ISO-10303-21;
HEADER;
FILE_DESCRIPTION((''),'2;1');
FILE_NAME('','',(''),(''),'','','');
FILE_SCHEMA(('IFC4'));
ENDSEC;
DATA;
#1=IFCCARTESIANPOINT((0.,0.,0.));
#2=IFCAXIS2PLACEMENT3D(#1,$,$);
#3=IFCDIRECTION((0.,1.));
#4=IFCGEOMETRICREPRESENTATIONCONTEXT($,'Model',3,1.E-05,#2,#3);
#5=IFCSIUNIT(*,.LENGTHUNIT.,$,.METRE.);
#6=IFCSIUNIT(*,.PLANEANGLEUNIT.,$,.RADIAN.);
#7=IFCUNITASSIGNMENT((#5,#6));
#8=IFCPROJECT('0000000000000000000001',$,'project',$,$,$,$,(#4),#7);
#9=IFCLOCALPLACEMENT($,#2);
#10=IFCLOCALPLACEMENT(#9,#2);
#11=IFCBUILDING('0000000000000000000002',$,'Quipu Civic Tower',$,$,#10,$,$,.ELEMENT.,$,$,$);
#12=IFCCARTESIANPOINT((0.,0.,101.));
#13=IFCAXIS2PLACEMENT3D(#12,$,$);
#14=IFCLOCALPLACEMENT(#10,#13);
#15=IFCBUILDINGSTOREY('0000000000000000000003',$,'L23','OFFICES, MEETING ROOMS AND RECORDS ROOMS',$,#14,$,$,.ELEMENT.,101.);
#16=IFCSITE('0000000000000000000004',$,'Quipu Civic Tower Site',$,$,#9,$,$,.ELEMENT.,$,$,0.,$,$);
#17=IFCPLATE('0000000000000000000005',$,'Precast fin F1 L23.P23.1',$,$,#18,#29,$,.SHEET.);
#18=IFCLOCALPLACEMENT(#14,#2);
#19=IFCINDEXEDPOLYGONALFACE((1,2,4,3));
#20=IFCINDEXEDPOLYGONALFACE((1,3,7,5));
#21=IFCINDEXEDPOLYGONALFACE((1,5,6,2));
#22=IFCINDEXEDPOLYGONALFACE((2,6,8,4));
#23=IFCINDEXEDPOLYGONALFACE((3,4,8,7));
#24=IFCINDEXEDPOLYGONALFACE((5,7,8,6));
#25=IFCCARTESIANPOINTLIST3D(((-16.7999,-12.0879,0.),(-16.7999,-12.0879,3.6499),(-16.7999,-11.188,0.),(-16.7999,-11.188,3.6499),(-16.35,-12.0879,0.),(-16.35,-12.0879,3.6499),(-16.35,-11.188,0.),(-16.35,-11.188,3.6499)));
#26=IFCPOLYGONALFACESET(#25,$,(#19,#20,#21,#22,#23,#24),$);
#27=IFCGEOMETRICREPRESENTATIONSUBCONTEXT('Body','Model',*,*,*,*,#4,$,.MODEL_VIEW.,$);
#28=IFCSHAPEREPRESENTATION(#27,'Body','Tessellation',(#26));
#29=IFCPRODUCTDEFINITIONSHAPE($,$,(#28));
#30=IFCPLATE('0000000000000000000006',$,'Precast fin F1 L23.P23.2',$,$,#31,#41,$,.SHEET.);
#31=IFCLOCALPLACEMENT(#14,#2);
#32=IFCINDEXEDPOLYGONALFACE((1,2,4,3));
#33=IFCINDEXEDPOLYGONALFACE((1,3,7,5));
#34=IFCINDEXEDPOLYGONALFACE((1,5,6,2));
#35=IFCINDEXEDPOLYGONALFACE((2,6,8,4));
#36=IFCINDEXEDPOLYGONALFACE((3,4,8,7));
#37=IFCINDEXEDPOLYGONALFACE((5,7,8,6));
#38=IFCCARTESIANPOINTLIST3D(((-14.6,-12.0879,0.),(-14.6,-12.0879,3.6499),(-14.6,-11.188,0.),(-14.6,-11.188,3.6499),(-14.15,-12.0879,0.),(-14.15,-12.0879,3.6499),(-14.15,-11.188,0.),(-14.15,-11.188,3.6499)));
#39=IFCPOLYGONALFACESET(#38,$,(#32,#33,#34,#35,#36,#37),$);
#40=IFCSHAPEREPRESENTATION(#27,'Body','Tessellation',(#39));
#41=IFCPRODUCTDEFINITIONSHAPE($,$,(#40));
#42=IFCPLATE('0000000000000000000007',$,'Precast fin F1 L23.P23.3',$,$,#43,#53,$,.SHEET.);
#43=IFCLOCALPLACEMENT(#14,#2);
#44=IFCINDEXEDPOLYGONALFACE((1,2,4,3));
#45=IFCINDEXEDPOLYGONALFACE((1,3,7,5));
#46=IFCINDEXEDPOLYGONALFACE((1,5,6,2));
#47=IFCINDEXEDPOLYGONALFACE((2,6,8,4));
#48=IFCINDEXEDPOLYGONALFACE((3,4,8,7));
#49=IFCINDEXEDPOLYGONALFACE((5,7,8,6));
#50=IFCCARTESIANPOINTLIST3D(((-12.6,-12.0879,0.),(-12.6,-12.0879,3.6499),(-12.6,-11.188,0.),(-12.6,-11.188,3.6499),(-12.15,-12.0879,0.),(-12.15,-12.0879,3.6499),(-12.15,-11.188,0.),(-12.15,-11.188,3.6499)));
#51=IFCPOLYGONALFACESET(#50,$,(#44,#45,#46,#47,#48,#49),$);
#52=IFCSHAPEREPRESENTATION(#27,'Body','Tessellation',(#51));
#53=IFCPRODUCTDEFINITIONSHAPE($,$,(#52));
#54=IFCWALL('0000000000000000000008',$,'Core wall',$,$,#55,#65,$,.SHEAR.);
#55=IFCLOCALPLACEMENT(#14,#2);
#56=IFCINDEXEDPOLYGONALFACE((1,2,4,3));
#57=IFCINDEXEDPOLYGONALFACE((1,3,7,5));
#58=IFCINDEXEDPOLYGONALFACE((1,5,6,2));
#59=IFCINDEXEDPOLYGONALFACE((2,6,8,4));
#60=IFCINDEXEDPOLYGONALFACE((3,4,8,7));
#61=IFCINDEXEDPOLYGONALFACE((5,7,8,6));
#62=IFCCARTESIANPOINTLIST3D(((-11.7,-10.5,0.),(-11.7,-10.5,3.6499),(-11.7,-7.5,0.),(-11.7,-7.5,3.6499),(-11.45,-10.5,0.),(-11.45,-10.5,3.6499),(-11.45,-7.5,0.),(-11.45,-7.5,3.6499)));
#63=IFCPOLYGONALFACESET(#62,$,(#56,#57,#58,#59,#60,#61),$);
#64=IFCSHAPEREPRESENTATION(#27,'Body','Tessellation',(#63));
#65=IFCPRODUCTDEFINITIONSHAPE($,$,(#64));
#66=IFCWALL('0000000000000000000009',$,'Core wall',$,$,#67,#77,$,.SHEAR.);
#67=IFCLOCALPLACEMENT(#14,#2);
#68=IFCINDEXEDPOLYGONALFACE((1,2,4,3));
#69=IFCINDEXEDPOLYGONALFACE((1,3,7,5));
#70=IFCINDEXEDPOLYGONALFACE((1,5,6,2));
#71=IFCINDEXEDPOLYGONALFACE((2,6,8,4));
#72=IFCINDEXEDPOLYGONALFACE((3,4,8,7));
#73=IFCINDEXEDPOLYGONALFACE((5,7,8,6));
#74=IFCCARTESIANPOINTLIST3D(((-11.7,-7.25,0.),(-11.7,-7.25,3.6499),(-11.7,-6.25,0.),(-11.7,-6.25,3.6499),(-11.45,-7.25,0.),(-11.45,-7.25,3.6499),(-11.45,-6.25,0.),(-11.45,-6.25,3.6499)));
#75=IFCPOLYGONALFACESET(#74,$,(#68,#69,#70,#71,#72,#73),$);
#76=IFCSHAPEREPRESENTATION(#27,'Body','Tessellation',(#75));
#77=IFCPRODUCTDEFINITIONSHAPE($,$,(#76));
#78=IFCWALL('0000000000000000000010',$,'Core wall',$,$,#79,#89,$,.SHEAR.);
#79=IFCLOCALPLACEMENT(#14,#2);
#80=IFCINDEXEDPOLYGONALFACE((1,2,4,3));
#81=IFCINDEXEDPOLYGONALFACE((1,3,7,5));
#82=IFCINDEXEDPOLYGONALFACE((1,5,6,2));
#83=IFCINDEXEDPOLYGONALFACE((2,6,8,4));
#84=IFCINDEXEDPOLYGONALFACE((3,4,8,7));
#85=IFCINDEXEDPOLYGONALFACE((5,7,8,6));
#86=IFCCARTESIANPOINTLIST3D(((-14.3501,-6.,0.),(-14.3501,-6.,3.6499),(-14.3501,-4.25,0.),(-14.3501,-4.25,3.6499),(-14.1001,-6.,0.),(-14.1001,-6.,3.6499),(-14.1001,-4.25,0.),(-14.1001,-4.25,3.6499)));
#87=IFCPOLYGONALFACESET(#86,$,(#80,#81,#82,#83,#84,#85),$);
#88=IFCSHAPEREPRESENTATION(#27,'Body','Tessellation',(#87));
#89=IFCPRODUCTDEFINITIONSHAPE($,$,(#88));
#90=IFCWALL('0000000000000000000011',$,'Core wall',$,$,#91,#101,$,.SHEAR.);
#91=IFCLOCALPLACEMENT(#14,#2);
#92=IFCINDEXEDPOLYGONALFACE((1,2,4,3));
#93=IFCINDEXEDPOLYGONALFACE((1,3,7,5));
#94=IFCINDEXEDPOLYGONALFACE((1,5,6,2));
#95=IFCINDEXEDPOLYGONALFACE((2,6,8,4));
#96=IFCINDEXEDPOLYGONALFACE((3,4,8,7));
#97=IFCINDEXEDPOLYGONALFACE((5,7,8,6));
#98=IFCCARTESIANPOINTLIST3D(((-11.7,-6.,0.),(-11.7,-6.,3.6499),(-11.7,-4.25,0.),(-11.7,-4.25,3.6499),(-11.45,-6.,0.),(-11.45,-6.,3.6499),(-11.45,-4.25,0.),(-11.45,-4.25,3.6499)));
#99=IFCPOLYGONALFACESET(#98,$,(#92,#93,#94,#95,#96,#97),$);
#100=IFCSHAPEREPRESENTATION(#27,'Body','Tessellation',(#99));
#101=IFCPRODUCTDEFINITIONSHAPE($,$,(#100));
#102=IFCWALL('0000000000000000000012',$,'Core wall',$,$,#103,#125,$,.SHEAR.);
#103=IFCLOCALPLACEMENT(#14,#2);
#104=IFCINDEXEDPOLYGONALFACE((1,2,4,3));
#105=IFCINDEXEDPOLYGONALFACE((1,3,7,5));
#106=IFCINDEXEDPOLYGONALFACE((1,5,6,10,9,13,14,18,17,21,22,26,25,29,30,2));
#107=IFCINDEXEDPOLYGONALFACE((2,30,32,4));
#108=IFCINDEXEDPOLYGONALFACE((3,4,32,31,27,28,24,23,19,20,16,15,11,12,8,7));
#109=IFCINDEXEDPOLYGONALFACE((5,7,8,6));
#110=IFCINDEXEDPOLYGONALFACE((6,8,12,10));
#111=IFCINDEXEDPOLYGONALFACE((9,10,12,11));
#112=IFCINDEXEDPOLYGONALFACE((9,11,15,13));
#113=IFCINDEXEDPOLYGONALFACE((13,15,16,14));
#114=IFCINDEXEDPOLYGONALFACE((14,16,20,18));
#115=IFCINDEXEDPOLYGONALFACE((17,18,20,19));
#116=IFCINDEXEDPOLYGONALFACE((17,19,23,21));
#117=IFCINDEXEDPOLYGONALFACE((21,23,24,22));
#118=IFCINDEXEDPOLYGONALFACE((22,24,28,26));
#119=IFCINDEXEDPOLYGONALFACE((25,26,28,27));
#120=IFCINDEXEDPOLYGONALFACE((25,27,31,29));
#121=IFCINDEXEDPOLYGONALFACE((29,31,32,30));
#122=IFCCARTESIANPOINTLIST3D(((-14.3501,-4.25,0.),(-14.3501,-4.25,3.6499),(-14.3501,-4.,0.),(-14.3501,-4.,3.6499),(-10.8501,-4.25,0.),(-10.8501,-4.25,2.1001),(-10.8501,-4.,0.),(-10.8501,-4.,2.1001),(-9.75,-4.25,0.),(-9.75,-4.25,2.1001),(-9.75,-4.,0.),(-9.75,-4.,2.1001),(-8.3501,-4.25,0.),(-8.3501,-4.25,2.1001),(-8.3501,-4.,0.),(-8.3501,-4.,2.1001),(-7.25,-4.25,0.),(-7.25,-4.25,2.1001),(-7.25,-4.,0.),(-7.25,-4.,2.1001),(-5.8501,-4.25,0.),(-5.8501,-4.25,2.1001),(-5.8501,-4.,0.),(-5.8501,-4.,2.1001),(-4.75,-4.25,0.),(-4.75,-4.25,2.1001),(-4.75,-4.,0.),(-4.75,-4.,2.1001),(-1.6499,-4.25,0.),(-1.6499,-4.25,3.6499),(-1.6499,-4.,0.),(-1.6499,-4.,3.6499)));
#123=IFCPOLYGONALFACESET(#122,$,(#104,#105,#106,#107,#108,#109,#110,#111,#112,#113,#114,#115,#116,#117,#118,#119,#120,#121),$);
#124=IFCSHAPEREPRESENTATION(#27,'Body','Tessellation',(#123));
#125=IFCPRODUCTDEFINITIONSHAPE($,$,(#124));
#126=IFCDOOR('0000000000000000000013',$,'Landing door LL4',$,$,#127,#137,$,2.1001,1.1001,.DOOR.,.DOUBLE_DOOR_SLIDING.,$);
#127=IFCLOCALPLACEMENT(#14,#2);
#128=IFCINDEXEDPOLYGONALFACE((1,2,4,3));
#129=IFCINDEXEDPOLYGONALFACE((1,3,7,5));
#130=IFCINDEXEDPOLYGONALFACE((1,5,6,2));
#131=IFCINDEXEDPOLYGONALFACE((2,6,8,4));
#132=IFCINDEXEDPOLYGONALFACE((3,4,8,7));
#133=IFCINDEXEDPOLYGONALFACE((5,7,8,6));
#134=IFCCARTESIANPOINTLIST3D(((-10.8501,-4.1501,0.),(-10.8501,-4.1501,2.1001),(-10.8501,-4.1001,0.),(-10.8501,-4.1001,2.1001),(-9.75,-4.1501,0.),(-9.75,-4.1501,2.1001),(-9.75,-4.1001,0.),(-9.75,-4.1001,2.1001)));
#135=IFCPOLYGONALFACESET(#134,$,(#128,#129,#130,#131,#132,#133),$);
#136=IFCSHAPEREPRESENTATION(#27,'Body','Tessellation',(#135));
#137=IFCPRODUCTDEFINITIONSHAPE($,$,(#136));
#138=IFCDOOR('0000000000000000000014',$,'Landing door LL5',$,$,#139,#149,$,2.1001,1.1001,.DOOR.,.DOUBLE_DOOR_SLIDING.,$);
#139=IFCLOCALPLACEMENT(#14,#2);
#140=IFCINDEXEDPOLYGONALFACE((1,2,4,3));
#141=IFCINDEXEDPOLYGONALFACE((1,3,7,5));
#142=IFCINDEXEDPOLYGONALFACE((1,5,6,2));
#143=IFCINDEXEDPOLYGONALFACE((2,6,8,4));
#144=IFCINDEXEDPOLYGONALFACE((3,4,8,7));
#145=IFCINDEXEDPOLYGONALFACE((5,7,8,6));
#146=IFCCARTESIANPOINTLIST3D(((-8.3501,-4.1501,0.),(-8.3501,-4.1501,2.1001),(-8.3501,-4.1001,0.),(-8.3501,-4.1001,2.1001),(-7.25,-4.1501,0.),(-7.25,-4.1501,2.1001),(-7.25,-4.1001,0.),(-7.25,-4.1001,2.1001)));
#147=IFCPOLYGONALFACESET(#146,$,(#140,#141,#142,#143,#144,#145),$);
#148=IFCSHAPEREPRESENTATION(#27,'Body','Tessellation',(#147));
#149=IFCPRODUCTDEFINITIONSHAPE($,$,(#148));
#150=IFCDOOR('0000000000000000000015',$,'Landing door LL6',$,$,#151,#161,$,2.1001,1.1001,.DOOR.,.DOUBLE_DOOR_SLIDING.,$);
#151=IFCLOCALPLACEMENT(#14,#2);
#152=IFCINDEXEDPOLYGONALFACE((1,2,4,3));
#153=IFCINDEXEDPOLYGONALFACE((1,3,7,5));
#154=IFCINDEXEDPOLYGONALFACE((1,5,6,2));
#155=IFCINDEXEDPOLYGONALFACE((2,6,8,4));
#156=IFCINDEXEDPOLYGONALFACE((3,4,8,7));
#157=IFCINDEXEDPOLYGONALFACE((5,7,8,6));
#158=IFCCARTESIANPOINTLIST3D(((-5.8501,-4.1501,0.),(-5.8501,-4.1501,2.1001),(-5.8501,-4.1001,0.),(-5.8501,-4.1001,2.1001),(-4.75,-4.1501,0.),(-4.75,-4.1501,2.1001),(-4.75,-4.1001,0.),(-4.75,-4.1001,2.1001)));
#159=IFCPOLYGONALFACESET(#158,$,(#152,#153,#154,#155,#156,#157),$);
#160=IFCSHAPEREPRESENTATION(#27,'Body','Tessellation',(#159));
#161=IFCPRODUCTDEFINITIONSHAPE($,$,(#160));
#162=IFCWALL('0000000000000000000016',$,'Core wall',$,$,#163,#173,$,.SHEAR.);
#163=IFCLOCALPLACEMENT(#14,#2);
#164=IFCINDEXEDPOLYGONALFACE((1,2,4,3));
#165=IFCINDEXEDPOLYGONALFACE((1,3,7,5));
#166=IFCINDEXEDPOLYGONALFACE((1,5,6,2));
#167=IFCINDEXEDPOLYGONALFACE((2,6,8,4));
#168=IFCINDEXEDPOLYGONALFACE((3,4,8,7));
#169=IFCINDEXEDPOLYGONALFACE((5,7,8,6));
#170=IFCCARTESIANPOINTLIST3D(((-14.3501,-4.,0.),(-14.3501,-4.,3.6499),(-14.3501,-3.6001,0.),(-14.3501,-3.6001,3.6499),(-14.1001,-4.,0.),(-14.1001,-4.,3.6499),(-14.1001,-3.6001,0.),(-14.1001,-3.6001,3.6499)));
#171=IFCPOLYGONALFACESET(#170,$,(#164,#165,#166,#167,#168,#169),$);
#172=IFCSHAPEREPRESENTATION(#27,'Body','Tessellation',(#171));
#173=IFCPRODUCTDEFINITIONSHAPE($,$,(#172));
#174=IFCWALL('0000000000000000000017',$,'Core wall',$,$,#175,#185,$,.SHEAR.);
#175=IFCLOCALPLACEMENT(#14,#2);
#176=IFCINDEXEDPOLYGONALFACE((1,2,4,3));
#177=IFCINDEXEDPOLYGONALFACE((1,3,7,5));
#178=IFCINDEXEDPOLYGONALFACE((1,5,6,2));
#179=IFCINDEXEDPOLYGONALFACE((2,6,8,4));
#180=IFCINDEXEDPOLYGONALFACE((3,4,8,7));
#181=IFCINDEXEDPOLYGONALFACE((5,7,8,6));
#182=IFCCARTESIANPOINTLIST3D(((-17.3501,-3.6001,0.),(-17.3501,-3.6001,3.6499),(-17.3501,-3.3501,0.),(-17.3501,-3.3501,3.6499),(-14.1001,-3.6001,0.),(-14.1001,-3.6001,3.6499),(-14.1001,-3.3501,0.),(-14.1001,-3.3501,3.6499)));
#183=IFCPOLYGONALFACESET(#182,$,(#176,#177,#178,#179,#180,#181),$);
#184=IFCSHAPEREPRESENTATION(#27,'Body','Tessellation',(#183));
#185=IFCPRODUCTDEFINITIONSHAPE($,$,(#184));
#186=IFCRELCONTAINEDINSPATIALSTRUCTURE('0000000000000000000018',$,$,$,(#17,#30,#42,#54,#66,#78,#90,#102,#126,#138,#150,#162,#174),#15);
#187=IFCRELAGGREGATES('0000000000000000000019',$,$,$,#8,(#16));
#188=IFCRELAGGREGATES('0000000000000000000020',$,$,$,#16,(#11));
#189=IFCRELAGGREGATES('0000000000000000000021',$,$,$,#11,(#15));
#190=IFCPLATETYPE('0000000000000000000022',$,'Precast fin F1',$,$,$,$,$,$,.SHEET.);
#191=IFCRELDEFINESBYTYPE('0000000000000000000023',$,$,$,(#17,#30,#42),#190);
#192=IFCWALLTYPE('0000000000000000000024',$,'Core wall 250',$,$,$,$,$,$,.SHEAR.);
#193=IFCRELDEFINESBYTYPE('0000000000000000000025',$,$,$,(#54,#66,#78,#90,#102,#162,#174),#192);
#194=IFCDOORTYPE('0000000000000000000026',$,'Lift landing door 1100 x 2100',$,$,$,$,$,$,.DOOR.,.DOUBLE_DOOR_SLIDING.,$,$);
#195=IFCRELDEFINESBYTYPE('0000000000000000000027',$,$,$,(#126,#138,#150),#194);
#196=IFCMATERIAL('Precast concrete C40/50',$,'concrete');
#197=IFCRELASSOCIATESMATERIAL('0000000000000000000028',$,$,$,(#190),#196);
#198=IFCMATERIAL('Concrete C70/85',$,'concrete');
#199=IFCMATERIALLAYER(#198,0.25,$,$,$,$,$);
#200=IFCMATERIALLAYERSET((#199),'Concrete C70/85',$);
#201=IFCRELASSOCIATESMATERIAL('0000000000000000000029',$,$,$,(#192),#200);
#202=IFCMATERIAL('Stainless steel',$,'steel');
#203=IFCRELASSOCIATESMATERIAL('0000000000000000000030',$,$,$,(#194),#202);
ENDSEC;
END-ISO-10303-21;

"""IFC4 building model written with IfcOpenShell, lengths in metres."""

from ifc_helpers import new_model, si_unit, direction, frame, frame_2d, origin, origin_2d, place, context, subcontext, project, spatial, rectangle, extrude, material, layer, layer_set, type_object, element, fill, save


model = new_model("IFC4")

# Units and contexts
model_context = context("Model", 3, precision=1e-05, world=origin(), true_north=direction((0.0, 1.0)))
body_context = subcontext(model_context, "Body", "Model", "MODEL_VIEW")
ifc_project = project(units=[si_unit("LENGTHUNIT", "METRE"), si_unit("PLANEANGLEUNIT", "RADIAN")], contexts=[model_context])

# Site, building, storey
site_placement = place(None, origin())
site = spatial("IfcSite", under=ifc_project, at=site_placement, Name="Quipu Civic Tower Site", CompositionType="ELEMENT", RefElevation=0.0)
building_placement = place(site_placement, origin())
building = spatial("IfcBuilding", under=site, at=building_placement, Name="Quipu Civic Tower", CompositionType="ELEMENT")
storey_placement = place(building_placement, frame((0.0, 0.0, 101.0)))
storey = spatial("IfcBuildingStorey", under=building, at=storey_placement, Name="L23", Description="OFFICES, MEETING ROOMS AND RECORDS ROOMS", CompositionType="ELEMENT", Elevation=101.0)

# Plates
ifc_material_1 = material(Name="Precast concrete C40/50", Category="concrete")
plate_type = type_object("IfcPlateType", Name="Precast fin F1", PredefinedType="SHEET", material=ifc_material_1)
for number, where, z_axis, x_axis, name in (
    (1, (-16.575, -11.6379, 0.0), (0.0, 0.0, 1.0), (1.0, 0.0, 0.0), "Precast fin F1 L23.P23.1"),
    (2, (-14.375, -11.6379, 0.0), (0.0, 0.0, 1.0), (1.0, 0.0, 0.0), "Precast fin F1 L23.P23.2"),
    (3, (-12.375, -11.6379, 0.0), (0.0, 0.0, 1.0), (1.0, 0.0, 0.0), "Precast fin F1 L23.P23.3"),
):
    element("IfcPlate", number, at=place(storey_placement, frame(where, z_axis=z_axis, x_axis=x_axis)), inside=storey, type_object=plate_type, Name=name, PredefinedType="SHEET", context=body_context, shape_type="SweptSolid", body=[
        extrude(rectangle(XDim=0.45, YDim=0.8999, at=origin_2d()), origin(), (0.0, 0.0, 1.0), 3.6499),
    ])

# Walls
ifc_material_2 = material(Name="Concrete C70/85", Category="concrete")
ifc_layer_1 = layer(ifc_material_2, 0.25)
ifc_layer_set_1 = layer_set([ifc_layer_1], Name="Concrete C70/85")
wall_type_1 = type_object("IfcWallType", Name="Core wall 250", PredefinedType="SHEAR", material=ifc_layer_set_1)
wall_1_placement = place(storey_placement, frame((-11.575, -10.5, 0.0), z_axis=(0.0, 0.0, 1.0), x_axis=(0.0, 1.0, 0.0)))
element("IfcWall", 4, at=wall_1_placement, inside=storey, type_object=wall_type_1, Name="Core wall", PredefinedType="SHEAR", context=body_context, shape_type="SweptSolid", body=[
    extrude(rectangle(XDim=3.0, YDim=0.25, at=frame_2d((1.5, 0.0))), origin(), (0.0, 0.0, 1.0), 3.6499),
])
wall_2_placement = place(storey_placement, frame((-11.575, -7.25, 0.0), z_axis=(0.0, 0.0, 1.0), x_axis=(0.0, 1.0, 0.0)))
element("IfcWall", 5, at=wall_2_placement, inside=storey, type_object=wall_type_1, Name="Core wall", PredefinedType="SHEAR", context=body_context, shape_type="SweptSolid", body=[
    extrude(rectangle(XDim=1.0, YDim=0.25, at=frame_2d((0.5, 0.0))), origin(), (0.0, 0.0, 1.0), 3.6499),
])
for number, where, z_axis, x_axis, name in (
    (6, (-14.2251, -6.0, 0.0), (0.0, 0.0, 1.0), (0.0, 1.0, 0.0), "Core wall"),
    (7, (-11.575, -6.0, 0.0), (0.0, 0.0, 1.0), (0.0, 1.0, 0.0), "Core wall"),
):
    element("IfcWall", number, at=place(storey_placement, frame(where, z_axis=z_axis, x_axis=x_axis)), inside=storey, type_object=wall_type_1, Name=name, PredefinedType="SHEAR", context=body_context, shape_type="SweptSolid", body=[
        extrude(rectangle(XDim=1.75, YDim=0.25, at=frame_2d((0.875, 0.0))), origin(), (0.0, 0.0, 1.0), 3.6499),
    ])

# Wall, openings, doors
wall_3_placement = place(storey_placement, frame((-14.3501, -4.125, 0.0), z_axis=(0.0, 0.0, 1.0), x_axis=(1.0, 0.0, 0.0)))
wall_3 = element("IfcWall", 8, at=wall_3_placement, inside=storey, type_object=wall_type_1, Name="Core wall", PredefinedType="SHEAR", context=body_context, shape_type="SweptSolid", body=[
    extrude(rectangle(XDim=12.7002, YDim=0.25, at=frame_2d((6.3501, 0.0))), origin(), (0.0, 0.0, 1.0), 3.6499),
])
opening_1_placement = place(wall_3_placement, frame((3.5, 0.0, 0.0)))
opening_1 = element("IfcOpeningElement", 9, at=opening_1_placement, cuts=wall_3, PredefinedType="OPENING", context=body_context, shape_type="SweptSolid", body=[
    extrude(rectangle(XDim=1.1001, YDim=2.1001, at=frame_2d((0.55, 1.05))), frame((0.0, 0.135, 0.0), z_axis=(0.0, -1.0, 0.0), x_axis=(1.0, 0.0, 0.0)), (0.0, 0.0, 1.0), 0.27),
])
opening_2_placement = place(wall_3_placement, frame((6.0, 0.0, 0.0)))
opening_2 = element("IfcOpeningElement", 10, at=opening_2_placement, cuts=wall_3, PredefinedType="OPENING", context=body_context, shape_type="SweptSolid", body=[
    extrude(rectangle(XDim=1.1001, YDim=2.1001, at=frame_2d((0.55, 1.05))), frame((0.0, 0.135, 0.0), z_axis=(0.0, -1.0, 0.0), x_axis=(1.0, 0.0, 0.0)), (0.0, 0.0, 1.0), 0.27),
])
opening_3_placement = place(wall_3_placement, frame((8.5, 0.0, 0.0)))
opening_3 = element("IfcOpeningElement", 11, at=opening_3_placement, cuts=wall_3, PredefinedType="OPENING", context=body_context, shape_type="SweptSolid", body=[
    extrude(rectangle(XDim=1.1001, YDim=2.1001, at=frame_2d((0.55, 1.05))), frame((0.0, 0.135, 0.0), z_axis=(0.0, -1.0, 0.0), x_axis=(1.0, 0.0, 0.0)), (0.0, 0.0, 1.0), 0.27),
])
ifc_material_3 = material(Name="Stainless steel", Category="steel")
door_type_1 = type_object("IfcDoorType", Name="Lift landing door 1100 x 2100", OperationType="DOUBLE_DOOR_SLIDING", PredefinedType="DOOR", material=ifc_material_3)
door_1_placement = place(opening_1_placement, origin())
door_1 = element("IfcDoor", 12, at=door_1_placement, inside=storey, type_object=door_type_1, Name="Landing door LL4", OperationType="DOUBLE_DOOR_SLIDING", OverallHeight=2.1001, OverallWidth=1.1001, PredefinedType="DOOR", context=body_context, shape_type="SweptSolid", body=[
    extrude(rectangle(XDim=1.1001, YDim=2.1001, at=frame_2d((0.55, 1.05))), frame((0.0, 0.0249, 0.0), z_axis=(0.0, -1.0, 0.0), x_axis=(1.0, 0.0, 0.0)), (0.0, 0.0, 1.0), 0.05),
])
fill(opening_1, door_1)
door_2_placement = place(opening_2_placement, origin())
door_2 = element("IfcDoor", 13, at=door_2_placement, inside=storey, type_object=door_type_1, Name="Landing door LL5", OperationType="DOUBLE_DOOR_SLIDING", OverallHeight=2.1001, OverallWidth=1.1001, PredefinedType="DOOR", context=body_context, shape_type="SweptSolid", body=[
    extrude(rectangle(XDim=1.1001, YDim=2.1001, at=frame_2d((0.55, 1.05))), frame((0.0, 0.0249, 0.0), z_axis=(0.0, -1.0, 0.0), x_axis=(1.0, 0.0, 0.0)), (0.0, 0.0, 1.0), 0.05),
])
fill(opening_2, door_2)
door_3_placement = place(opening_3_placement, origin())
door_3 = element("IfcDoor", 14, at=door_3_placement, inside=storey, type_object=door_type_1, Name="Landing door LL6", OperationType="DOUBLE_DOOR_SLIDING", OverallHeight=2.1001, OverallWidth=1.1001, PredefinedType="DOOR", context=body_context, shape_type="SweptSolid", body=[
    extrude(rectangle(XDim=1.1001, YDim=2.1001, at=frame_2d((0.55, 1.05))), frame((0.0, 0.0249, 0.0), z_axis=(0.0, -1.0, 0.0), x_axis=(1.0, 0.0, 0.0)), (0.0, 0.0, 1.0), 0.05),
])
fill(opening_3, door_3)

# Walls
wall_4_placement = place(storey_placement, frame((-14.2251, -4.0, 0.0), z_axis=(0.0, 0.0, 1.0), x_axis=(0.0, 1.0, 0.0)))
element("IfcWall", 15, at=wall_4_placement, inside=storey, type_object=wall_type_1, Name="Core wall", PredefinedType="SHEAR", context=body_context, shape_type="SweptSolid", body=[
    extrude(rectangle(XDim=0.3999, YDim=0.25, at=frame_2d((0.2, 0.0))), origin(), (0.0, 0.0, 1.0), 3.6499),
])
wall_5_placement = place(storey_placement, frame((-17.3501, -3.4751, 0.0), z_axis=(0.0, 0.0, 1.0), x_axis=(1.0, 0.0, 0.0)))
element("IfcWall", 16, at=wall_5_placement, inside=storey, type_object=wall_type_1, Name="Core wall", PredefinedType="SHEAR", context=body_context, shape_type="SweptSolid", body=[
    extrude(rectangle(XDim=3.25, YDim=0.25, at=frame_2d((1.625, 0.0))), origin(), (0.0, 0.0, 1.0), 3.6499),
])

save(model, "model.ifc")
